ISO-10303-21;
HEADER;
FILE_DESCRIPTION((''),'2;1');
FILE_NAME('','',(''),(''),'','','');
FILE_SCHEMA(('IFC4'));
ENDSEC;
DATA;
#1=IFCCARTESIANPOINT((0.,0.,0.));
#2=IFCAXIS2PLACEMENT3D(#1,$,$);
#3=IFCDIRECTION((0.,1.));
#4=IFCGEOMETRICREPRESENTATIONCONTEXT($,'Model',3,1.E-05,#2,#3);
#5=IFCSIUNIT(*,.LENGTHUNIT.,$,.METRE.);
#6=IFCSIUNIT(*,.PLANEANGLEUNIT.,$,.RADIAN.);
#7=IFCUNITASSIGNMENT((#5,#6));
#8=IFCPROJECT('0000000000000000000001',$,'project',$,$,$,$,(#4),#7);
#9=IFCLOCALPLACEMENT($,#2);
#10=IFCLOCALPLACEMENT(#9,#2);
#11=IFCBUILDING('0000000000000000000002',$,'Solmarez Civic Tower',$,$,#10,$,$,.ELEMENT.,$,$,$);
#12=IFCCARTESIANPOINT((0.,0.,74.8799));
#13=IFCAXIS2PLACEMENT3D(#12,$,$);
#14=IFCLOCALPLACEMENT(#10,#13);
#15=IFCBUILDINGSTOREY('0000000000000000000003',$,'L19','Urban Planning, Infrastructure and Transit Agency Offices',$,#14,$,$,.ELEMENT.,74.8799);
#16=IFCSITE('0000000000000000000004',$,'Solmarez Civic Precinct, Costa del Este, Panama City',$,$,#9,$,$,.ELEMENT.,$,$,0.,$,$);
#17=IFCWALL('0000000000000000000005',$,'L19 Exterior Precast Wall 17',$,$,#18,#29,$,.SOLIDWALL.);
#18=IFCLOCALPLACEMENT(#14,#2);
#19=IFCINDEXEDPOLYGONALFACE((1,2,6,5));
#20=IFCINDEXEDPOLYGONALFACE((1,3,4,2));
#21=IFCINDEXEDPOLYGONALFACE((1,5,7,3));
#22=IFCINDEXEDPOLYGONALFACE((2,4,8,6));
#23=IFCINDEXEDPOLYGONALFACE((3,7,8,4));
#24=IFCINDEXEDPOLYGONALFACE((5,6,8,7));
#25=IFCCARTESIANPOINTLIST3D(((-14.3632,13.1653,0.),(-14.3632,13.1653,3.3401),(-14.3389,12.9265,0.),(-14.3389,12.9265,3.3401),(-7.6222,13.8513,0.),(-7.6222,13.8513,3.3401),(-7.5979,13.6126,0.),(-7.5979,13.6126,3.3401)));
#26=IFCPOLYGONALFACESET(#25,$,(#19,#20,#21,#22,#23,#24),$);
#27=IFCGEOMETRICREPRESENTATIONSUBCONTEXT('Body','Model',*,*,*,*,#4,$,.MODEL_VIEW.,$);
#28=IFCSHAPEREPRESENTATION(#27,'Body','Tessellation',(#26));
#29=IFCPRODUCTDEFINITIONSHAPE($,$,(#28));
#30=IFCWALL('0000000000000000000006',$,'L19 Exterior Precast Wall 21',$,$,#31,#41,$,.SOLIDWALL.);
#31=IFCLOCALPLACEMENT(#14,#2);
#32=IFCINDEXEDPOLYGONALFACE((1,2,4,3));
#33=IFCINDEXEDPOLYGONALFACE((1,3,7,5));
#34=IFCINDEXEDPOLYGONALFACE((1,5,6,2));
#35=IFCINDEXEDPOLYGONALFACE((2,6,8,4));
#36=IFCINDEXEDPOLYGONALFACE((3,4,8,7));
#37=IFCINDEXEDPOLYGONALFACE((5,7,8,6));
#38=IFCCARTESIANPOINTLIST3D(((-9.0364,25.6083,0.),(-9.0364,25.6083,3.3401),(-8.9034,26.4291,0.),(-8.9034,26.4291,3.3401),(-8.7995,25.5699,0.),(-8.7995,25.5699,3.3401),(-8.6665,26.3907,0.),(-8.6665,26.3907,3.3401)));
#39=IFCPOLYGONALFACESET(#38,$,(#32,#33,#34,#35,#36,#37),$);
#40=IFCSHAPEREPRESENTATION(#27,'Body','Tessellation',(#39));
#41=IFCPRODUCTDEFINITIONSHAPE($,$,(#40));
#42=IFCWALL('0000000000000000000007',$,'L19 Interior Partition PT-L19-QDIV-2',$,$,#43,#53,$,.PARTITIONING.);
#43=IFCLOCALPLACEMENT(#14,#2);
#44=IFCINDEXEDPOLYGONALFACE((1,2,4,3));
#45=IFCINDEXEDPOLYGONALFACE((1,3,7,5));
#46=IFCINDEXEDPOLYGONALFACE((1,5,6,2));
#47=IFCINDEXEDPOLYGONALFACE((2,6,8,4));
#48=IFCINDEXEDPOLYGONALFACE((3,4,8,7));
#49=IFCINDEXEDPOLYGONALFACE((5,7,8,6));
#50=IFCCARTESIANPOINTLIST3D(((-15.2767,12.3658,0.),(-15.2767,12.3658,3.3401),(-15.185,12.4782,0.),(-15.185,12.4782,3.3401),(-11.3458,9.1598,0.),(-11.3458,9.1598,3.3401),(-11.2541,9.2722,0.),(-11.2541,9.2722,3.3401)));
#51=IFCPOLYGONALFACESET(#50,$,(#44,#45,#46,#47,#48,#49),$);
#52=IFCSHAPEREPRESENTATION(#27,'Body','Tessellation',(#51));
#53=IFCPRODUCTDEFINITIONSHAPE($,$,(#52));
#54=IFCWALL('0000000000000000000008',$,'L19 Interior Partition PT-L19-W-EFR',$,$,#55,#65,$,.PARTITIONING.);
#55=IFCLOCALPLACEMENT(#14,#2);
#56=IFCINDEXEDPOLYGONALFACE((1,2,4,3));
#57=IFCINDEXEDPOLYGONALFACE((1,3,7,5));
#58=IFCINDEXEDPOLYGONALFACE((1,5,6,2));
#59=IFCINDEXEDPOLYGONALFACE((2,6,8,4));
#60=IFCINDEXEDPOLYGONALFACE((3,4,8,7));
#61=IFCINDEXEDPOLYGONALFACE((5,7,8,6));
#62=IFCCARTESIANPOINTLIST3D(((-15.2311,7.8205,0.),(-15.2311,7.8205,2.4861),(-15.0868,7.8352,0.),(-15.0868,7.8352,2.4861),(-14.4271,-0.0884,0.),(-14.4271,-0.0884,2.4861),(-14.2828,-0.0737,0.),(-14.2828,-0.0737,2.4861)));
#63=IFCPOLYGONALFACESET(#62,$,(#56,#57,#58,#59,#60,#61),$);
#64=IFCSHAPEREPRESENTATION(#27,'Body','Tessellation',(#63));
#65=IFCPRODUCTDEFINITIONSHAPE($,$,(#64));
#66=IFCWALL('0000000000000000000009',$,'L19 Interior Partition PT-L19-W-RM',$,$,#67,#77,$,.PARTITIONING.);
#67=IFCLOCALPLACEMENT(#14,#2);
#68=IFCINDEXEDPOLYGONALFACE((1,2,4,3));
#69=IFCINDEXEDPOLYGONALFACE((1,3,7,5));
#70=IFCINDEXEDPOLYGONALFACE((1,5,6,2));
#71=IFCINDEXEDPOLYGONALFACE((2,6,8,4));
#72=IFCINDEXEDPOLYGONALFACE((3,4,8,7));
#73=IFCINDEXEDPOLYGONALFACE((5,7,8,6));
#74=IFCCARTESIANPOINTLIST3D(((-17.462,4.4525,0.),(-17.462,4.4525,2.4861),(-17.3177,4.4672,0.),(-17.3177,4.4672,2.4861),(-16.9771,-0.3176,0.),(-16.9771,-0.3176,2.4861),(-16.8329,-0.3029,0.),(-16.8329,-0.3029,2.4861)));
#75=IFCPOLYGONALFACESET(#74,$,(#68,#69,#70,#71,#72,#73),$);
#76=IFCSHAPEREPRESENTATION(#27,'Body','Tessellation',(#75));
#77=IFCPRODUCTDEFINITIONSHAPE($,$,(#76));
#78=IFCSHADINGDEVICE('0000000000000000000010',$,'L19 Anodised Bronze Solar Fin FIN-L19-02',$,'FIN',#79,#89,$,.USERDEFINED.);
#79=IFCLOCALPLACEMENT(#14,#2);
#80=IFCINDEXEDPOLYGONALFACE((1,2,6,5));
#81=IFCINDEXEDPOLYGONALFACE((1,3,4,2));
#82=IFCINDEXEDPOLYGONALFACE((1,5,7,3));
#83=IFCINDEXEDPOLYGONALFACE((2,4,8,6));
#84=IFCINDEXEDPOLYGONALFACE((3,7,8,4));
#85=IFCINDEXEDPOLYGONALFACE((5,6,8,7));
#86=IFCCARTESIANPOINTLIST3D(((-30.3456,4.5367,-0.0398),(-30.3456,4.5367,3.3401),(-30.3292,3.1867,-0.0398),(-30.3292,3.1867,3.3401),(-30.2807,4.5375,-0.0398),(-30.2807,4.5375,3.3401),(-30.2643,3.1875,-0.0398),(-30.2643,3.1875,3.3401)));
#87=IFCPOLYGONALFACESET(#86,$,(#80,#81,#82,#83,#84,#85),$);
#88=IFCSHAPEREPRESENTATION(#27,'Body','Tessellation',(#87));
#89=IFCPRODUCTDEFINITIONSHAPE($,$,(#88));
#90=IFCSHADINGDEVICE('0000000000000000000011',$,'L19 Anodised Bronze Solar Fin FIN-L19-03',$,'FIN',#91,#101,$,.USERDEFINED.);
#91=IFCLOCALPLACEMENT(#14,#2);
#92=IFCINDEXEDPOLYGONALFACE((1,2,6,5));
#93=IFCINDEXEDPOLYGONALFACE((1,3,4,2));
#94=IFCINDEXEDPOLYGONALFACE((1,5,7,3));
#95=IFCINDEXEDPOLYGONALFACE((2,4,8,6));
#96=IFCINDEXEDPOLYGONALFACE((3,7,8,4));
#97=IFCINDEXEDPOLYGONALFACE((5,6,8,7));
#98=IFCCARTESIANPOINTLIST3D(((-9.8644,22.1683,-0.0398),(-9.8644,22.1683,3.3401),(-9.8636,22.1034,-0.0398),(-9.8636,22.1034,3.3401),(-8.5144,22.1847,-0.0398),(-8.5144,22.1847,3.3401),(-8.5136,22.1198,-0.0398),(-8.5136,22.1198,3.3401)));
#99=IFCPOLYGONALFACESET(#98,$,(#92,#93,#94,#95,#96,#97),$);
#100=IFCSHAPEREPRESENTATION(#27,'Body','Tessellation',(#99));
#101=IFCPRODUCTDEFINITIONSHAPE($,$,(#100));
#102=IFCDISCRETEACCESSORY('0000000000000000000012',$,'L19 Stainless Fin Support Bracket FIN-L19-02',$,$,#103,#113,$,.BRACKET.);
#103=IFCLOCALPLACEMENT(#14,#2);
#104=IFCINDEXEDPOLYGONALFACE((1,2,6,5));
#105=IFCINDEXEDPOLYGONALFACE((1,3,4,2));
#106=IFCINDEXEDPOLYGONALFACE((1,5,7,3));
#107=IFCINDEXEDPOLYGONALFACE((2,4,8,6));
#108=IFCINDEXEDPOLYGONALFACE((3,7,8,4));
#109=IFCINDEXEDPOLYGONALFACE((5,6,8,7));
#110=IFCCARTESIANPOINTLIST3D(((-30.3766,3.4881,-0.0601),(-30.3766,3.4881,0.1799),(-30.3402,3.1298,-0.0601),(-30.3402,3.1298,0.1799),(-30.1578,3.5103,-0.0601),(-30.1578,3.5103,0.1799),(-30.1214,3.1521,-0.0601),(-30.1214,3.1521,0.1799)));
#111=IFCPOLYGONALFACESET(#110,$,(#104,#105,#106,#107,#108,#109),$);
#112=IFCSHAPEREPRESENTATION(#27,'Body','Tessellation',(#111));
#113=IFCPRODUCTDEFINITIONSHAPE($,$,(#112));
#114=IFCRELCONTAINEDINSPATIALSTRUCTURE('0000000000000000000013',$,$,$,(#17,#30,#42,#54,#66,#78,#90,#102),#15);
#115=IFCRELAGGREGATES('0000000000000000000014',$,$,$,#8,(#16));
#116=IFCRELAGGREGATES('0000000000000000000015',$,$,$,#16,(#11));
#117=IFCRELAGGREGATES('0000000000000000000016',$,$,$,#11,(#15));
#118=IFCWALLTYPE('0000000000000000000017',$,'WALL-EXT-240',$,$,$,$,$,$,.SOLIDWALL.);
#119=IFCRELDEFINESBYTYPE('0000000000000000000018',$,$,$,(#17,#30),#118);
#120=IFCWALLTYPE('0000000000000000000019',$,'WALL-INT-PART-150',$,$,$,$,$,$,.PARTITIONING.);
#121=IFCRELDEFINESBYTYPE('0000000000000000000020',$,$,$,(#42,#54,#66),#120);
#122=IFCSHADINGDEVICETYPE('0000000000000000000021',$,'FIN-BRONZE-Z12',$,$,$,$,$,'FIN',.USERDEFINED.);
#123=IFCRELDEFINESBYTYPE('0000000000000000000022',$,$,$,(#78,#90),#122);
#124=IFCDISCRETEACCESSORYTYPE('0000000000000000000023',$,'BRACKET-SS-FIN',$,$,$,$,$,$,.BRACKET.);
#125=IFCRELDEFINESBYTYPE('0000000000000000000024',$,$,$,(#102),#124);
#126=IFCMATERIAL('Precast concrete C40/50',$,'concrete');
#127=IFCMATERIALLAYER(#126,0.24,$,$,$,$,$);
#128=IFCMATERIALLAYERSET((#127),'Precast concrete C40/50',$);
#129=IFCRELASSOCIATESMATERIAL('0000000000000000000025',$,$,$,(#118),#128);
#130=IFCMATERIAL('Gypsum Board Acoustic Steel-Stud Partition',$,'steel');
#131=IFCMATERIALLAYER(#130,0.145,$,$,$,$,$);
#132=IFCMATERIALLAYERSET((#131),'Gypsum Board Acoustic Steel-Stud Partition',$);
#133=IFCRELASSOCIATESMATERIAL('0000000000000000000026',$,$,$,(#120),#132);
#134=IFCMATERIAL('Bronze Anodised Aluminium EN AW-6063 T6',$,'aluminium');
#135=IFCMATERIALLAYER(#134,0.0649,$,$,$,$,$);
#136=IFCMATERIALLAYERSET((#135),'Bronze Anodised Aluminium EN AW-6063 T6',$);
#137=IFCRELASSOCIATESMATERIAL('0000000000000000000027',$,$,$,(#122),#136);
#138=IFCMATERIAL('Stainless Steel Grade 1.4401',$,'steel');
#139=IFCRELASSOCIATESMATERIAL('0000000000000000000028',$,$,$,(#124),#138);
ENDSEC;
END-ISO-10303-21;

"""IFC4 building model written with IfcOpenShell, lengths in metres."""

from ifc_helpers import new_model, si_unit, direction, frame, frame_2d, origin, origin_2d, place, context, subcontext, project, spatial, rectangle, extrude, material, layer, layer_set, type_object, element, save


model = new_model("IFC4")

# Units and contexts
model_context = context("Model", 3, precision=1e-05, world=origin(), true_north=direction((0.0, 1.0)))
body_context = subcontext(model_context, "Body", "Model", "MODEL_VIEW")
ifc_project = project(units=[si_unit("LENGTHUNIT", "METRE"), si_unit("PLANEANGLEUNIT", "RADIAN")], contexts=[model_context])

# Site, building, storey
site_placement = place(None, origin())
site = spatial("IfcSite", under=ifc_project, at=site_placement, Name="Solmarez Civic Precinct, Costa del Este, Panama City", CompositionType="ELEMENT", RefElevation=0.0)
building_placement = place(site_placement, origin())
building = spatial("IfcBuilding", under=site, at=building_placement, Name="Solmarez Civic Tower", CompositionType="ELEMENT")
storey_placement = place(building_placement, frame((0.0, 0.0, 74.8799)))
storey = spatial("IfcBuildingStorey", under=building, at=storey_placement, Name="L19", Description="Urban Planning, Infrastructure and Transit Agency Offices", CompositionType="ELEMENT", Elevation=74.8799)

# Shared definitions
ifc_material_1 = material(Name="Precast concrete C40/50", Category="concrete")
ifc_layer_1 = layer(ifc_material_1, 0.24)
ifc_layer_set_1 = layer_set([ifc_layer_1], Name="Precast concrete C40/50")
wall_type_1 = type_object("IfcWallType", Name="WALL-EXT-240", PredefinedType="SOLIDWALL", material=ifc_layer_set_1)

# Walls
wall_1_placement = place(storey_placement, frame((-14.3511, 13.0459, 0.0), z_axis=(0.0, 0.0, 1.0), x_axis=(0.994861, 0.101248, 0.0)))
element("IfcWall", 1, at=wall_1_placement, inside=storey, type_object=wall_type_1, Name="L19 Exterior Precast Wall 17", PredefinedType="SOLIDWALL", context=body_context, shape_type="SweptSolid", body=[
    extrude(rectangle(XDim=6.7759, YDim=0.24, at=frame_2d((3.3879, 0.0))), origin(), (0.0, 0.0, 1.0), 3.3401),
])
wall_2_placement = place(storey_placement, frame((-8.918, 25.5891, 0.0), z_axis=(0.0, 0.0, 1.0), x_axis=(0.160017, 0.987114, 0.0)))
element("IfcWall", 2, at=wall_2_placement, inside=storey, type_object=wall_type_1, Name="L19 Exterior Precast Wall 21", PredefinedType="SOLIDWALL", context=body_context, shape_type="SweptSolid", body=[
    extrude(rectangle(XDim=0.8315, YDim=0.24, at=frame_2d((0.4158, 0.0))), origin(), (0.0, 0.0, 1.0), 3.3401),
])
ifc_material_2 = material(Name="Gypsum Board Acoustic Steel-Stud Partition", Category="steel")
ifc_layer_2 = layer(ifc_material_2, 0.145)
ifc_layer_set_2 = layer_set([ifc_layer_2], Name="Gypsum Board Acoustic Steel-Stud Partition")
wall_type_2 = type_object("IfcWallType", Name="WALL-INT-PART-150", PredefinedType="PARTITIONING", material=ifc_layer_set_2)
wall_3_placement = place(storey_placement, frame((-11.3, 9.2161, 0.0), z_axis=(0.0, 0.0, 1.0), x_axis=(-0.774936, 0.632039, 0.0)))
element("IfcWall", 3, at=wall_3_placement, inside=storey, type_object=wall_type_2, Name="L19 Interior Partition PT-L19-QDIV-2", PredefinedType="PARTITIONING", context=body_context, shape_type="SweptSolid", body=[
    extrude(rectangle(XDim=5.0725, YDim=0.145, at=frame_2d((2.5361, 0.0))), origin(), (0.0, 0.0, 1.0), 3.3401),
])
wall_4_placement = place(storey_placement, frame((-15.1589, 7.8279, 0.0), z_axis=(0.0, 0.0, 1.0), x_axis=(0.10113, -0.994873, 0.0)))
element("IfcWall", 4, at=wall_4_placement, inside=storey, type_object=wall_type_2, Name="L19 Interior Partition PT-L19-W-EFR", PredefinedType="PARTITIONING", context=body_context, shape_type="SweptSolid", body=[
    extrude(rectangle(XDim=7.9497, YDim=0.145, at=frame_2d((3.9749, 0.0))), origin(), (0.0, 0.0, 1.0), 2.4861),
])
wall_5_placement = place(storey_placement, frame((-17.3899, 4.46, 0.0), z_axis=(0.0, 0.0, 1.0), x_axis=(0.101127, -0.994874, 0.0)))
element("IfcWall", 5, at=wall_5_placement, inside=storey, type_object=wall_type_2, Name="L19 Interior Partition PT-L19-W-RM", PredefinedType="PARTITIONING", context=body_context, shape_type="SweptSolid", body=[
    extrude(rectangle(XDim=4.7947, YDim=0.145, at=frame_2d((2.3975, 0.0))), origin(), (0.0, 0.0, 1.0), 2.4861),
])

# Shading devices
ifc_material_3 = material(Name="Bronze Anodised Aluminium EN AW-6063 T6", Category="aluminium")
ifc_layer_3 = layer(ifc_material_3, 0.0649)
ifc_layer_set_3 = layer_set([ifc_layer_3], Name="Bronze Anodised Aluminium EN AW-6063 T6")
shading_device_type = type_object("IfcShadingDeviceType", Name="FIN-BRONZE-Z12", ElementType="FIN", PredefinedType="USERDEFINED", material=ifc_layer_set_3)
for number, where, z_axis, x_axis, name in (
    (6, (-30.3049, 3.8621, -0.0398), (0.0, 0.0, 1.0), (-0.012147, 0.999926, 0.0), "L19 Anodised Bronze Solar Fin FIN-L19-02"),
    (7, (-9.189, 22.144, -0.0398), (0.0, 0.0, 1.0), (-0.999927, -0.012112, 0.0), "L19 Anodised Bronze Solar Fin FIN-L19-03"),
):
    element("IfcShadingDevice", number, at=place(storey_placement, frame(where, z_axis=z_axis, x_axis=x_axis)), inside=storey, type_object=shading_device_type, Name=name, ObjectType="FIN", PredefinedType="USERDEFINED", context=body_context, shape_type="SweptSolid", body=[
        extrude(rectangle(XDim=1.3501, YDim=0.0649, at=origin_2d()), origin(), (0.0, 0.0, 1.0), 3.3799),
    ])

# Discrete accessory
ifc_material_4 = material(Name="Stainless Steel Grade 1.4401", Category="steel")
discrete_accessory_type = type_object("IfcDiscreteAccessoryType", Name="BRACKET-SS-FIN", PredefinedType="BRACKET", material=ifc_material_4)
discrete_accessory_placement = place(storey_placement, frame((-30.249, 3.3201, -0.0601), z_axis=(0.0, 0.0, 1.0), x_axis=(-0.101091, 0.994877, 0.0)))
element("IfcDiscreteAccessory", 8, at=discrete_accessory_placement, inside=storey, type_object=discrete_accessory_type, Name="L19 Stainless Fin Support Bracket FIN-L19-02", PredefinedType="BRACKET", context=body_context, shape_type="SweptSolid", body=[
    extrude(rectangle(XDim=0.3601, YDim=0.22, at=origin_2d()), origin(), (0.0, 0.0, 1.0), 0.24),
])

save(model, "model.ifc")
